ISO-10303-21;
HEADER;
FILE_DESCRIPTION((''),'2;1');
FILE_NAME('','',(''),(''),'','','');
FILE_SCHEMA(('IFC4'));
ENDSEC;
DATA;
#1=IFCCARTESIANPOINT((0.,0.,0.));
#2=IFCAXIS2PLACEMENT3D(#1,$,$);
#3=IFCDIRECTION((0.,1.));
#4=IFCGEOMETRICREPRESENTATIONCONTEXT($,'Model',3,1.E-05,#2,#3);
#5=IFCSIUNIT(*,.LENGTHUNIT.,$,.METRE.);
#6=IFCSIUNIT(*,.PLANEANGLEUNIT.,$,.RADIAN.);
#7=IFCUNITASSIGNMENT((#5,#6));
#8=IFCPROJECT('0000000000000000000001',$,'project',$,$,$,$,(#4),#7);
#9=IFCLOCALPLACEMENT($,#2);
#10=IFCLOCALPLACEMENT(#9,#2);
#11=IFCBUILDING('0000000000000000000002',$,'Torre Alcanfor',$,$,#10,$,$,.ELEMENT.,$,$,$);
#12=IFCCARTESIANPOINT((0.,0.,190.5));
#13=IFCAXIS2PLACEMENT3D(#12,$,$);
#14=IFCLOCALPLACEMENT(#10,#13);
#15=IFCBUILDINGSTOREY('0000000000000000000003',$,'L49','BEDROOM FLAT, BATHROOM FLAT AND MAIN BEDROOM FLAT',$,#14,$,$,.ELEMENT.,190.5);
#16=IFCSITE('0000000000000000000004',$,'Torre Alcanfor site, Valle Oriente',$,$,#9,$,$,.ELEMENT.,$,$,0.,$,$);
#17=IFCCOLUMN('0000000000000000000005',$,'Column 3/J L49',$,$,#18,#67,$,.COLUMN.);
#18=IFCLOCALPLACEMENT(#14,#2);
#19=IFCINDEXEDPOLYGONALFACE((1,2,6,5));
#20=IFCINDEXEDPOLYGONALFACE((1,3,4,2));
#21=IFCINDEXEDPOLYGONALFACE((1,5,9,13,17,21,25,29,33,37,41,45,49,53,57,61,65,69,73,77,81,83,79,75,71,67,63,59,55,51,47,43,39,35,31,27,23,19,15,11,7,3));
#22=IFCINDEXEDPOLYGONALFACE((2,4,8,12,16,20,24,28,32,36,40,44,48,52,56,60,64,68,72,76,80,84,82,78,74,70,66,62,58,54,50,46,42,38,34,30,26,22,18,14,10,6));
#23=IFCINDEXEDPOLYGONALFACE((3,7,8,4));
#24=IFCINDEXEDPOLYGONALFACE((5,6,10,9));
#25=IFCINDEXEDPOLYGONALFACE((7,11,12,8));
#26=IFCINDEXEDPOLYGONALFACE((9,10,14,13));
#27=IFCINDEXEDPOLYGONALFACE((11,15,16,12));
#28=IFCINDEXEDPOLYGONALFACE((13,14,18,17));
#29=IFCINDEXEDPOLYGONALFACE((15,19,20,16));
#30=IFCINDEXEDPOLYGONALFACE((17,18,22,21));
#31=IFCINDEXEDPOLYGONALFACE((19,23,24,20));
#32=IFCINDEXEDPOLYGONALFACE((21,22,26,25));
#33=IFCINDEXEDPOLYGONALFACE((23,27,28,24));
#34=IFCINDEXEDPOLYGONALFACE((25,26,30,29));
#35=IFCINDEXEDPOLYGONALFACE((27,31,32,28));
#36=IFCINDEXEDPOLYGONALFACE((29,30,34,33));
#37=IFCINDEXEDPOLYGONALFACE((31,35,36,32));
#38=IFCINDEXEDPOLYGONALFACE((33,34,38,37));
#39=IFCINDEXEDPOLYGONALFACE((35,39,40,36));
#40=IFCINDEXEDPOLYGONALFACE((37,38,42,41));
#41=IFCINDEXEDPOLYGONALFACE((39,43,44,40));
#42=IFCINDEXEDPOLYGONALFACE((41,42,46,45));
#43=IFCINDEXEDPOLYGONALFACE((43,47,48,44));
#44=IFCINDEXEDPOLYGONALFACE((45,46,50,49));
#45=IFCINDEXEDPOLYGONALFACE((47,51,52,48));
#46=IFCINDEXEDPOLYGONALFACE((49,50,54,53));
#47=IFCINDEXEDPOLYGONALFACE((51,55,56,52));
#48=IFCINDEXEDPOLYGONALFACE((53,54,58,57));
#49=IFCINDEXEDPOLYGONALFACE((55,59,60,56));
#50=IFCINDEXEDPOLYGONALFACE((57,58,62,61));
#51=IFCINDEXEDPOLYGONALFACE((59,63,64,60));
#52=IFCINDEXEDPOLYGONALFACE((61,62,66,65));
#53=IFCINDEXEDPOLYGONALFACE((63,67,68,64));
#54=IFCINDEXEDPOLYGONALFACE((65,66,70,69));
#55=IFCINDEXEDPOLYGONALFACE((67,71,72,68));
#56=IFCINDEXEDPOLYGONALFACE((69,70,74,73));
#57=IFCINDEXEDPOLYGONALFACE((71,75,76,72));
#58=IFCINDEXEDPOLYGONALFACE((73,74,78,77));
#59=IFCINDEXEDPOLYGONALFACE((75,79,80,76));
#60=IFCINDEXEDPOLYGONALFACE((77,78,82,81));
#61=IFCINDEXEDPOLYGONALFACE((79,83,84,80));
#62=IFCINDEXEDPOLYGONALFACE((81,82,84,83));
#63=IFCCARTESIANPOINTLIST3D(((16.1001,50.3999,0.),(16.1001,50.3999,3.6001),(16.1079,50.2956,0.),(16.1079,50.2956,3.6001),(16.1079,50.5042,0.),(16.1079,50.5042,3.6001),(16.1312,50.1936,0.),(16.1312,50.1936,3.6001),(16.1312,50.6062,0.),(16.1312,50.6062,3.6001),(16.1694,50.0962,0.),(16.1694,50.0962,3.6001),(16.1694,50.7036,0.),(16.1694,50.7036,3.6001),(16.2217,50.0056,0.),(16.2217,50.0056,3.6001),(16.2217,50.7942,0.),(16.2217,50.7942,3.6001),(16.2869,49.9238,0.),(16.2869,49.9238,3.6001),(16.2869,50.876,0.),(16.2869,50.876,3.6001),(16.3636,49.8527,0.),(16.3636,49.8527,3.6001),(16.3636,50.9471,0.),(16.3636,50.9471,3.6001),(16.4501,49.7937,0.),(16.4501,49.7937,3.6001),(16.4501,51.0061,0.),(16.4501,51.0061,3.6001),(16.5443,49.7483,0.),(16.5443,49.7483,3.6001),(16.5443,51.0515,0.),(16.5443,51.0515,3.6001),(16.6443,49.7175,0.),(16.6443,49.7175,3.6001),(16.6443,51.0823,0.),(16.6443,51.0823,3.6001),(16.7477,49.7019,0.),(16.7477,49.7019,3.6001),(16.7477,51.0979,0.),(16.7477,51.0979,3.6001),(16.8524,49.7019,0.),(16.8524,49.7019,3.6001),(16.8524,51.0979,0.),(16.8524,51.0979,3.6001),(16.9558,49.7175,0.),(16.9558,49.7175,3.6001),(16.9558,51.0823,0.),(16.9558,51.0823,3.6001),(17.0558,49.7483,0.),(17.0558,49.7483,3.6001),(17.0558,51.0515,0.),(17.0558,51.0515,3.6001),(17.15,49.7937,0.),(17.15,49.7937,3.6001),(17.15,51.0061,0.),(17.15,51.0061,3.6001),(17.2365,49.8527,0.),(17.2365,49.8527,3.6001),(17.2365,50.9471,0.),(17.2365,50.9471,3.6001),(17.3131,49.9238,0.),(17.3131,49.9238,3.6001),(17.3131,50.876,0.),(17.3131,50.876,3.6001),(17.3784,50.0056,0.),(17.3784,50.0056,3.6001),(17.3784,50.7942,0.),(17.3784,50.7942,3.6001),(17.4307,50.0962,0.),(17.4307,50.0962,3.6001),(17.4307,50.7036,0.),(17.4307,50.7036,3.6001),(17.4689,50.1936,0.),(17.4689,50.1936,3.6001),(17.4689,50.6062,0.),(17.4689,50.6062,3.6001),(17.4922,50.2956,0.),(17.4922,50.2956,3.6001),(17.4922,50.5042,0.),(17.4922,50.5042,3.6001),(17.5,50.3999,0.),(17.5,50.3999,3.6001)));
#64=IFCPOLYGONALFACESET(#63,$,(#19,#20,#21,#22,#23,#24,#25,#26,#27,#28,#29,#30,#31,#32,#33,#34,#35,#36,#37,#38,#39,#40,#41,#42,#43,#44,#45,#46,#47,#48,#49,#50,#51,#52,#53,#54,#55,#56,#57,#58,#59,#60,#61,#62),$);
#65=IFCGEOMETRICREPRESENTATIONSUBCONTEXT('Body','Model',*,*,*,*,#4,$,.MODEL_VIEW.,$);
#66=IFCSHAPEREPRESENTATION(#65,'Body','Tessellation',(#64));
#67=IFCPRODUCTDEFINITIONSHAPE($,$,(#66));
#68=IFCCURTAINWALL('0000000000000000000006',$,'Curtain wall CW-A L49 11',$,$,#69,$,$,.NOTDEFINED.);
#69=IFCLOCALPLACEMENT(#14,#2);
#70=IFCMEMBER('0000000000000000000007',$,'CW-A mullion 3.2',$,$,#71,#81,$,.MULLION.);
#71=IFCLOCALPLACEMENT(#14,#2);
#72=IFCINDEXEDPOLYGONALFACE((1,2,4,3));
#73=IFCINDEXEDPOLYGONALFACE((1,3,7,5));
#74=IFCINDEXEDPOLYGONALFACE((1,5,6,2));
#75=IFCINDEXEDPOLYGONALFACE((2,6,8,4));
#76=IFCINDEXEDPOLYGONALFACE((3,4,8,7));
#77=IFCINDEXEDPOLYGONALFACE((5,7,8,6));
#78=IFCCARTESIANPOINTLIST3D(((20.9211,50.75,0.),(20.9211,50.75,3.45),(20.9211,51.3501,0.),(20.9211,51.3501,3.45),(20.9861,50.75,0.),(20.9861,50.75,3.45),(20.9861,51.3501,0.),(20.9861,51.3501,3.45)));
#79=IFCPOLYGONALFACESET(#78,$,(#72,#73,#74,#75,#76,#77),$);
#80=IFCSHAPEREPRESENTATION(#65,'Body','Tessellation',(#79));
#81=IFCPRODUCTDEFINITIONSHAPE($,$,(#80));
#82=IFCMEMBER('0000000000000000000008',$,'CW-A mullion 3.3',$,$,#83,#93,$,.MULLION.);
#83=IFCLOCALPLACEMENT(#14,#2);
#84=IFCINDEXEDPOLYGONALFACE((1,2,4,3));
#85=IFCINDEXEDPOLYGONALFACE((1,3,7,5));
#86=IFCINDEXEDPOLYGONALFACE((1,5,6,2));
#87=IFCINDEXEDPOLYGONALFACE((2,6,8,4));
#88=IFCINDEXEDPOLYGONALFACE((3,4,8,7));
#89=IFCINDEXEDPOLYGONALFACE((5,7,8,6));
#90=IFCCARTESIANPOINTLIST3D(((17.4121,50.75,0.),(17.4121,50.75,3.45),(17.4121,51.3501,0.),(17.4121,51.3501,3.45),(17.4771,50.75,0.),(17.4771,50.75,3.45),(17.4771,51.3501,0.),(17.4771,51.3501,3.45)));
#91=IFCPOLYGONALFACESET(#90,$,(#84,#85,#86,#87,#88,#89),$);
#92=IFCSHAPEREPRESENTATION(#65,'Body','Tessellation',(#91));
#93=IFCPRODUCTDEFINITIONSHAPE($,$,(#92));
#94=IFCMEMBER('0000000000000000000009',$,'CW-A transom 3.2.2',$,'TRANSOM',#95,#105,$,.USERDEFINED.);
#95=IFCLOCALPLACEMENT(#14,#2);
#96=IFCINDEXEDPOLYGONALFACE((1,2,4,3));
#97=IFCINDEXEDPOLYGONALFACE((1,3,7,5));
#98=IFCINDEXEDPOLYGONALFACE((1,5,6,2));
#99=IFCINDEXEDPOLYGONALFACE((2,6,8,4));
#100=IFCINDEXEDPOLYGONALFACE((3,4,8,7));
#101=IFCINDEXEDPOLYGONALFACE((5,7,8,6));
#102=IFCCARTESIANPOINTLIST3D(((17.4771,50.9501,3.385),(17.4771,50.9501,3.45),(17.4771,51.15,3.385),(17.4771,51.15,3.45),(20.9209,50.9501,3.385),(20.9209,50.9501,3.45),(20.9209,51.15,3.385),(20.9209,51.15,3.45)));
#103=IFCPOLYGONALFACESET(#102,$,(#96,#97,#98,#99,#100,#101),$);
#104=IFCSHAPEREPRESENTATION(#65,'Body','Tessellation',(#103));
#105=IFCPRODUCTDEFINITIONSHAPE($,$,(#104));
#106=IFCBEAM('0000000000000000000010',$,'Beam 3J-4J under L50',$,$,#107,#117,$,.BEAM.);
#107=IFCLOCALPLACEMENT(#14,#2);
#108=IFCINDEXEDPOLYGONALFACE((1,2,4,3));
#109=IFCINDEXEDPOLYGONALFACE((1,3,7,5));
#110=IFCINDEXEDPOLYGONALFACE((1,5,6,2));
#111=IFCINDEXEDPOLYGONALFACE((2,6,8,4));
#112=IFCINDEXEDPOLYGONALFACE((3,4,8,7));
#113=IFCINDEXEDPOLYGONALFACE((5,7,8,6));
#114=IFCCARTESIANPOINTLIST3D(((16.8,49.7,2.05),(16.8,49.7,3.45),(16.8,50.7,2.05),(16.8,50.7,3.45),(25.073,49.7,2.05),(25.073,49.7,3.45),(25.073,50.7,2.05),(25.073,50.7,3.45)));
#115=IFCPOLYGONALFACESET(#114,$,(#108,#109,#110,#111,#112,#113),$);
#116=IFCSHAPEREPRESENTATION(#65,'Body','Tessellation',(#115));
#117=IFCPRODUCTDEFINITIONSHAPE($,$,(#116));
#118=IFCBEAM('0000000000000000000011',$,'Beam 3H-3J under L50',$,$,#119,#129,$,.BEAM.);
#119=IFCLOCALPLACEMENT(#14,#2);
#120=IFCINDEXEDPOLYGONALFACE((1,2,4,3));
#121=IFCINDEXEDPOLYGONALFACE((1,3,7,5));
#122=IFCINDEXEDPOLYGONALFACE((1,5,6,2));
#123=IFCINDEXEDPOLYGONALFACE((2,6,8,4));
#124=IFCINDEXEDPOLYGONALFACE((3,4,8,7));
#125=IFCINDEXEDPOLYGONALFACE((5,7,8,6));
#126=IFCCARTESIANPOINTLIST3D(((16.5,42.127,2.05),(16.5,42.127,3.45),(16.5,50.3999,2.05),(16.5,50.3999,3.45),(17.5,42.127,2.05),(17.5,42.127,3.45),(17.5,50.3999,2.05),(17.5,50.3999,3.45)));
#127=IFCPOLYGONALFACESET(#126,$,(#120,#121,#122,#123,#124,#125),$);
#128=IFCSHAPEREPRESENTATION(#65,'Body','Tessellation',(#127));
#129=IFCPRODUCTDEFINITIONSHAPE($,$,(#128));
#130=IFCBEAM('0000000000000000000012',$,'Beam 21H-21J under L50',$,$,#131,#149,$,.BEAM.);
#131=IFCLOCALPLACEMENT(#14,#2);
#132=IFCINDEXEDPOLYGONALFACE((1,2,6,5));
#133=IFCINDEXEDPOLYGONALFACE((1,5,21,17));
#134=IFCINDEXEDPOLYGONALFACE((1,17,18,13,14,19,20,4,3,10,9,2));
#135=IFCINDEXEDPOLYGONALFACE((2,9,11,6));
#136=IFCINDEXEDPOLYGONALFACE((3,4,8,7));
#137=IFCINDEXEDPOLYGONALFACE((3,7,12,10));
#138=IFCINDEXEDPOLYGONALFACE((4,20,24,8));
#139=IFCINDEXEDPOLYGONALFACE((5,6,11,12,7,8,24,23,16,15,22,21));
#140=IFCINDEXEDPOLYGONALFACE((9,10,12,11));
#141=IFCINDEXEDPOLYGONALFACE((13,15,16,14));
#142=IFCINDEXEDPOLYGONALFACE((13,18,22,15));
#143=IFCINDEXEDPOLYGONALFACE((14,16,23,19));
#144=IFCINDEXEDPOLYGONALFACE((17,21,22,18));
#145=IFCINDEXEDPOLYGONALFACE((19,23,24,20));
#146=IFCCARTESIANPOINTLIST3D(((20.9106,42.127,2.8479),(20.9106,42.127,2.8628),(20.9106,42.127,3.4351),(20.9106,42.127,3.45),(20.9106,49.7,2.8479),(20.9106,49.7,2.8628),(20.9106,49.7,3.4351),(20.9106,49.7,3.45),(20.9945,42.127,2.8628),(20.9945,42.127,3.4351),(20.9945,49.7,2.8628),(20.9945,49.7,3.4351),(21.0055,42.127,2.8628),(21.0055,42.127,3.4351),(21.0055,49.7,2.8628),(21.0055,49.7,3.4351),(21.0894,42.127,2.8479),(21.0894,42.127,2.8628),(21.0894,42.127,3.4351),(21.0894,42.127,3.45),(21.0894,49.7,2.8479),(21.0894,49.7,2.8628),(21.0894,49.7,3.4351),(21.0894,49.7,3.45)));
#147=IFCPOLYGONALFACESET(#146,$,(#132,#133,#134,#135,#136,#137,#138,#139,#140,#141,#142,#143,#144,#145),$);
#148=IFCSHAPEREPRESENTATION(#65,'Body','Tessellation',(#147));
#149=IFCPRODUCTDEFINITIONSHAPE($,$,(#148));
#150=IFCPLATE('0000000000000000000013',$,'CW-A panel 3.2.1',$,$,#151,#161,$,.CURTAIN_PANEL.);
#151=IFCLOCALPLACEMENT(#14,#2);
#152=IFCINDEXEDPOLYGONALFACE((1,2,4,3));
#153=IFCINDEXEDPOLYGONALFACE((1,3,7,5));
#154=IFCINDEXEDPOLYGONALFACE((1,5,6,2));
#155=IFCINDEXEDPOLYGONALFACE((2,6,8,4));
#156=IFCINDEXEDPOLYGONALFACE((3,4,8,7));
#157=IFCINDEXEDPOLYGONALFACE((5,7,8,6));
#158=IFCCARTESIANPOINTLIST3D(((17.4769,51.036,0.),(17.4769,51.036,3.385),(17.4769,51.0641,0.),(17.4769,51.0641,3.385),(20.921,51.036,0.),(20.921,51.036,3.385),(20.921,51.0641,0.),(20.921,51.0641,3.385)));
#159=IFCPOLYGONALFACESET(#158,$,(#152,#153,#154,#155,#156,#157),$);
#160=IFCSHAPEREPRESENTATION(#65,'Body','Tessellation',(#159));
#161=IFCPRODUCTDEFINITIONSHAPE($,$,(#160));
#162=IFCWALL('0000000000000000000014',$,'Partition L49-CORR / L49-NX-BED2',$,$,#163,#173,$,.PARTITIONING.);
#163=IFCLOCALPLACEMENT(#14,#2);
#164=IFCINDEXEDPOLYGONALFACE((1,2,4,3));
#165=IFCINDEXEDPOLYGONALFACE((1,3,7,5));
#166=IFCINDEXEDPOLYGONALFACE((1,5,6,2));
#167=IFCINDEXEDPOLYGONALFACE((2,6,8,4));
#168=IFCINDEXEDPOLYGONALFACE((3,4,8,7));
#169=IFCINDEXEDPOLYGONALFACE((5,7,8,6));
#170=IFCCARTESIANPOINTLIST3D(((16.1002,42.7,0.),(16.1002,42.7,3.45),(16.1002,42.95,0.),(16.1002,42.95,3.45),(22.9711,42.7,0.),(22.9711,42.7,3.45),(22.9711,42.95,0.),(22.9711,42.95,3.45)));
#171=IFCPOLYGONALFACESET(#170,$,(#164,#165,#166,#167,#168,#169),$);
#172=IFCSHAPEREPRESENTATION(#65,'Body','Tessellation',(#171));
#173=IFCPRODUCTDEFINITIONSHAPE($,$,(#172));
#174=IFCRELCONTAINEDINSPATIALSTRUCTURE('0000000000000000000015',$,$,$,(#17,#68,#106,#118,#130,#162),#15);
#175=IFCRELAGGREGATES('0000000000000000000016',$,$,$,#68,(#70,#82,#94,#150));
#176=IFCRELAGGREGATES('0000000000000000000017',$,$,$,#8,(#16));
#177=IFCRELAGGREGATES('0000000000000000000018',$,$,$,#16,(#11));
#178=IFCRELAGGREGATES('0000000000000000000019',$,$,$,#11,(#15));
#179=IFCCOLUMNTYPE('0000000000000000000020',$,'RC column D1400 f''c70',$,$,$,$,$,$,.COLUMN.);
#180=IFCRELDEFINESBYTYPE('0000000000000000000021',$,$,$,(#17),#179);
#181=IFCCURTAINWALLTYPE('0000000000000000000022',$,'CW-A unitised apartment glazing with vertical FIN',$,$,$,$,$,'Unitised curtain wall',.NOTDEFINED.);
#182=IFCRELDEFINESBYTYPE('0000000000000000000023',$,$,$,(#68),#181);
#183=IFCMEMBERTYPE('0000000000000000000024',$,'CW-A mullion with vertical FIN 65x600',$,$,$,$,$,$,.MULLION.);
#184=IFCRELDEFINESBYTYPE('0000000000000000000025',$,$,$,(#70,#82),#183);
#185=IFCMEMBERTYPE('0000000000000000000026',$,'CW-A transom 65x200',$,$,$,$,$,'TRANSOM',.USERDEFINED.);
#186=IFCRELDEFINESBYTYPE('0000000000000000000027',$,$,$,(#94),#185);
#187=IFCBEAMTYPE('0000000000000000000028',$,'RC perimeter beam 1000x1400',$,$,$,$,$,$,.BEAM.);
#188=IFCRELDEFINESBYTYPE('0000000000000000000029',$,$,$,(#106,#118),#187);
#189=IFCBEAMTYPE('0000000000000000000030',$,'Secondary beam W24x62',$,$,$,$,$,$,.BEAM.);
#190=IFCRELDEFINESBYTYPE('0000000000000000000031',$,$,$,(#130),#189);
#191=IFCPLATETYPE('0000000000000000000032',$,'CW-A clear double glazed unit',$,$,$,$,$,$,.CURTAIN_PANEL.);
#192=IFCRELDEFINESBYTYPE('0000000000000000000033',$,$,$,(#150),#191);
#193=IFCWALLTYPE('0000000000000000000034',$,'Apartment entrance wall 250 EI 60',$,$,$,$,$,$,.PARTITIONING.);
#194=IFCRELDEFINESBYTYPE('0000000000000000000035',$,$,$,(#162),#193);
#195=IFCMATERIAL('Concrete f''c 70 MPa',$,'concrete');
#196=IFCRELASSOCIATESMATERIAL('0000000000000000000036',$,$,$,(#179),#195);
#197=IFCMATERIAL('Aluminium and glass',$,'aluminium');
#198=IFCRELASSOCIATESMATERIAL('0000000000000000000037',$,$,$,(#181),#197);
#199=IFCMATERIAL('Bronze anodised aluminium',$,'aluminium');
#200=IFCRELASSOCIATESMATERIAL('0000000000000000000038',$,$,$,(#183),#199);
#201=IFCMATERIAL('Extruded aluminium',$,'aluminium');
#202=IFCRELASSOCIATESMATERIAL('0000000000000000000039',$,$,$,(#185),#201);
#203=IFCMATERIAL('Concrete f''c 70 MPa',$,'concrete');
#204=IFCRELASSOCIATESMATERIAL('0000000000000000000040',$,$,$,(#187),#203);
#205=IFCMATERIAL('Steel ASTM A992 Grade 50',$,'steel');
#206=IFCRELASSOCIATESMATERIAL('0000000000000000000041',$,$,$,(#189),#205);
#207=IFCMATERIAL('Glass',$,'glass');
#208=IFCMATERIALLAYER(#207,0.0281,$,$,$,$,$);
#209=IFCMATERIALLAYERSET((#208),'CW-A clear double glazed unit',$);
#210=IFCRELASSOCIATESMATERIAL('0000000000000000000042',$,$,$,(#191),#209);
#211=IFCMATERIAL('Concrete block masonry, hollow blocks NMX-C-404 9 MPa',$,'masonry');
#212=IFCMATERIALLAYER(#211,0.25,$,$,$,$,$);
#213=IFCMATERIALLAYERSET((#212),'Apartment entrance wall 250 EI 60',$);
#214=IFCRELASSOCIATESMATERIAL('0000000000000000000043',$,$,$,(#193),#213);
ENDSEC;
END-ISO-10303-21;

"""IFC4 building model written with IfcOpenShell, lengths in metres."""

from ifc_helpers import new_model, si_unit, direction, frame, frame_2d, origin, origin_2d, place, context, subcontext, project, spatial, rectangle, circle, i_section, extrude, material, layer, layer_set, material_profile, profile_set, type_object, element, aggregate, save


model = new_model("IFC4")

# Units and contexts
model_context = context("Model", 3, precision=1e-05, world=origin(), true_north=direction((0.0, 1.0)))
body_context = subcontext(model_context, "Body", "Model", "MODEL_VIEW")
ifc_project = project(units=[si_unit("LENGTHUNIT", "METRE"), si_unit("PLANEANGLEUNIT", "RADIAN")], contexts=[model_context])

# Site, building, storey
site_placement = place(None, origin())
site = spatial("IfcSite", under=ifc_project, at=site_placement, Name="Torre Alcanfor site, Valle Oriente", CompositionType="ELEMENT", RefElevation=0.0)
building_placement = place(site_placement, origin())
building = spatial("IfcBuilding", under=site, at=building_placement, Name="Torre Alcanfor", CompositionType="ELEMENT")
storey_placement = place(building_placement, frame((0.0, 0.0, 190.5)))
storey = spatial("IfcBuildingStorey", under=building, at=storey_placement, Name="L49", Description="BEDROOM FLAT, BATHROOM FLAT AND MAIN BEDROOM FLAT", CompositionType="ELEMENT", Elevation=190.5)

# Column
ifc_material_1 = material(Name="Concrete f'c 70 MPa", Category="concrete")
ifc_material_profile_1 = material_profile(ifc_material_1, circle(Radius=0.7, at=origin_2d()), Name="D1400")
ifc_profile_set_1 = profile_set([ifc_material_profile_1], Name="Concrete f'c 70 MPa")
column_type = type_object("IfcColumnType", Name="RC column D1400 f'c70", PredefinedType="COLUMN", material=ifc_profile_set_1)
column_placement = place(storey_placement, frame((16.8, 50.3999, 0.0), z_axis=(0.0, 0.0, 1.0), x_axis=(1.0, 0.0, 0.0)))
element("IfcColumn", 1, at=column_placement, inside=storey, type_object=column_type, Name="Column 3/J L49", PredefinedType="COLUMN", context=body_context, shape_type="SweptSolid", body=[
    extrude(circle(Radius=0.7, at=origin_2d()), origin(), (0.0, 0.0, 1.0), 3.6001),
])

# Curtain wall, members
ifc_material_2 = material(Name="Aluminium and glass", Category="aluminium")
curtain_wall_type = type_object("IfcCurtainWallType", Name="CW-A unitised apartment glazing with vertical FIN", ElementType="Unitised curtain wall", PredefinedType="NOTDEFINED", material=ifc_material_2)
curtain_wall_placement = place(storey_placement, origin())
curtain_wall = element("IfcCurtainWall", 2, at=curtain_wall_placement, inside=storey, type_object=curtain_wall_type, Name="Curtain wall CW-A L49 11", PredefinedType="NOTDEFINED")
ifc_material_3 = material(Name="Bronze anodised aluminium", Category="aluminium")
ifc_material_profile_2 = material_profile(ifc_material_3, rectangle(XDim=0.6001, YDim=0.0649, at=origin_2d()), Name="CW-A mullion 65x600")
ifc_profile_set_2 = profile_set([ifc_material_profile_2], Name="Bronze anodised aluminium")
member_type_1 = type_object("IfcMemberType", Name="CW-A mullion with vertical FIN 65x600", PredefinedType="MULLION", material=ifc_profile_set_2)
member_1_placement = place(storey_placement, frame((20.9536, 51.05, 0.0), z_axis=(0.0, 0.0, 1.0), x_axis=(0.0, -1.0, 0.0)))
member_1 = element("IfcMember", 3, at=member_1_placement, type_object=member_type_1, Name="CW-A mullion 3.2", PredefinedType="MULLION", context=body_context, shape_type="SweptSolid", body=[
    extrude(rectangle(XDim=0.6001, YDim=0.0649, at=origin_2d()), origin(), (0.0, 0.0, 1.0), 3.45),
])
member_2_placement = place(storey_placement, frame((17.4446, 51.05, 0.0), z_axis=(0.0, 0.0, 1.0), x_axis=(0.0, -1.0, 0.0)))
member_2 = element("IfcMember", 4, at=member_2_placement, type_object=member_type_1, Name="CW-A mullion 3.3", PredefinedType="MULLION", context=body_context, shape_type="SweptSolid", body=[
    extrude(rectangle(XDim=0.6001, YDim=0.0649, at=origin_2d()), origin(), (0.0, 0.0, 1.0), 3.45),
])
ifc_material_4 = material(Name="Extruded aluminium", Category="aluminium")
ifc_material_profile_3 = material_profile(ifc_material_4, rectangle(XDim=0.2, YDim=0.0649, at=origin_2d()), Name="CW-A transom 200x65")
ifc_profile_set_3 = profile_set([ifc_material_profile_3], Name="Extruded aluminium")
member_type_2 = type_object("IfcMemberType", Name="CW-A transom 65x200", ElementType="TRANSOM", PredefinedType="USERDEFINED", material=ifc_profile_set_3)
member_3_placement = place(storey_placement, frame((20.9209, 51.05, 3.4175), z_axis=(-1.0, 0.0, 0.0), x_axis=(0.0, -1.0, 0.0)))
member_3 = element("IfcMember", 5, at=member_3_placement, type_object=member_type_2, Name="CW-A transom 3.2.2", ObjectType="TRANSOM", PredefinedType="USERDEFINED", context=body_context, shape_type="SweptSolid", body=[
    extrude(rectangle(XDim=0.2, YDim=0.0649, at=origin_2d()), origin(), (0.0, 0.0, 1.0), 3.4438),
])

# Beams
ifc_material_5 = material(Name="Concrete f'c 70 MPa", Category="concrete")
ifc_material_profile_4 = material_profile(ifc_material_5, rectangle(XDim=1.0, YDim=1.3999, at=origin_2d()), Name="1000x1400")
ifc_profile_set_4 = profile_set([ifc_material_profile_4], Name="Concrete f'c 70 MPa")
beam_type_1 = type_object("IfcBeamType", Name="RC perimeter beam 1000x1400", PredefinedType="BEAM", material=ifc_profile_set_4)
for number, where, z_axis, x_axis, name in (
    (6, (16.8, 50.2, 2.75), (1.0, 0.0, 0.0), (0.0, 1.0, 0.0), "Beam 3J-4J under L50"),
    (7, (17.0, 42.127, 2.75), (0.0, 1.0, 0.0), (-1.0, 0.0, 0.0), "Beam 3H-3J under L50"),
):
    element("IfcBeam", number, at=place(storey_placement, frame(where, z_axis=z_axis, x_axis=x_axis)), inside=storey, type_object=beam_type_1, Name=name, PredefinedType="BEAM", context=body_context, shape_type="SweptSolid", body=[
        extrude(rectangle(XDim=1.0, YDim=1.3999, at=origin_2d()), origin(), (0.0, 0.0, 1.0), 8.2729),
    ])
ifc_material_6 = material(Name="Steel ASTM A992 Grade 50", Category="steel")
ifc_material_profile_5 = material_profile(ifc_material_6, i_section(OverallWidth=0.1787, OverallDepth=0.6021, WebThickness=0.011, FlangeThickness=0.0149, at=origin_2d()), Name="W24x62")
ifc_profile_set_5 = profile_set([ifc_material_profile_5], Name="Steel ASTM A992 Grade 50")
beam_type_2 = type_object("IfcBeamType", Name="Secondary beam W24x62", PredefinedType="BEAM", material=ifc_profile_set_5)
beam_placement = place(storey_placement, frame((21.0, 42.127, 3.1489), z_axis=(0.0, 1.0, 0.0), x_axis=(-1.0, 0.0, 0.0)))
element("IfcBeam", 8, at=beam_placement, inside=storey, type_object=beam_type_2, Name="Beam 21H-21J under L50", PredefinedType="BEAM", context=body_context, shape_type="SweptSolid", body=[
    extrude(i_section(OverallWidth=0.1787, OverallDepth=0.6021, WebThickness=0.011, FlangeThickness=0.0149, at=origin_2d()), origin(), (0.0, 0.0, 1.0), 7.573),
])

# Plate
ifc_material_7 = material(Name="Glass", Category="glass")
ifc_layer_1 = layer(ifc_material_7, 0.0281)
ifc_layer_set_1 = layer_set([ifc_layer_1], Name="CW-A clear double glazed unit")
plate_type = type_object("IfcPlateType", Name="CW-A clear double glazed unit", PredefinedType="CURTAIN_PANEL", material=ifc_layer_set_1)
plate_placement = place(storey_placement, frame((19.199, 51.05, 0.0), z_axis=(0.0, 0.0, 1.0), x_axis=(-1.0, 0.0, 0.0)))
plate = element("IfcPlate", 9, at=plate_placement, type_object=plate_type, Name="CW-A panel 3.2.1", PredefinedType="CURTAIN_PANEL", context=body_context, shape_type="SweptSolid", body=[
    extrude(rectangle(XDim=3.4441, YDim=0.0281, at=origin_2d()), origin(), (0.0, 0.0, 1.0), 3.385),
])
aggregate(curtain_wall, [member_1, member_2, member_3, plate])

# Wall
ifc_material_8 = material(Name="Concrete block masonry, hollow blocks NMX-C-404 9 MPa", Category="masonry")
ifc_layer_2 = layer(ifc_material_8, 0.25)
ifc_layer_set_2 = layer_set([ifc_layer_2], Name="Apartment entrance wall 250 EI 60")
wall_type_1 = type_object("IfcWallType", Name="Apartment entrance wall 250 EI 60", PredefinedType="PARTITIONING", material=ifc_layer_set_2)
wall_1_placement = place(storey_placement, frame((16.1001, 42.825, 0.0), z_axis=(0.0, 0.0, 1.0), x_axis=(1.0, 0.0, 0.0)))
element("IfcWall", 10, at=wall_1_placement, inside=storey, type_object=wall_type_1, Name="Partition L49-CORR / L49-NX-BED2", PredefinedType="PARTITIONING", context=body_context, shape_type="SweptSolid", body=[
    extrude(rectangle(XDim=6.8708, YDim=0.25, at=frame_2d((3.4355, 0.0))), origin(), (0.0, 0.0, 1.0), 3.45),
])

save(model, "model.ifc")
